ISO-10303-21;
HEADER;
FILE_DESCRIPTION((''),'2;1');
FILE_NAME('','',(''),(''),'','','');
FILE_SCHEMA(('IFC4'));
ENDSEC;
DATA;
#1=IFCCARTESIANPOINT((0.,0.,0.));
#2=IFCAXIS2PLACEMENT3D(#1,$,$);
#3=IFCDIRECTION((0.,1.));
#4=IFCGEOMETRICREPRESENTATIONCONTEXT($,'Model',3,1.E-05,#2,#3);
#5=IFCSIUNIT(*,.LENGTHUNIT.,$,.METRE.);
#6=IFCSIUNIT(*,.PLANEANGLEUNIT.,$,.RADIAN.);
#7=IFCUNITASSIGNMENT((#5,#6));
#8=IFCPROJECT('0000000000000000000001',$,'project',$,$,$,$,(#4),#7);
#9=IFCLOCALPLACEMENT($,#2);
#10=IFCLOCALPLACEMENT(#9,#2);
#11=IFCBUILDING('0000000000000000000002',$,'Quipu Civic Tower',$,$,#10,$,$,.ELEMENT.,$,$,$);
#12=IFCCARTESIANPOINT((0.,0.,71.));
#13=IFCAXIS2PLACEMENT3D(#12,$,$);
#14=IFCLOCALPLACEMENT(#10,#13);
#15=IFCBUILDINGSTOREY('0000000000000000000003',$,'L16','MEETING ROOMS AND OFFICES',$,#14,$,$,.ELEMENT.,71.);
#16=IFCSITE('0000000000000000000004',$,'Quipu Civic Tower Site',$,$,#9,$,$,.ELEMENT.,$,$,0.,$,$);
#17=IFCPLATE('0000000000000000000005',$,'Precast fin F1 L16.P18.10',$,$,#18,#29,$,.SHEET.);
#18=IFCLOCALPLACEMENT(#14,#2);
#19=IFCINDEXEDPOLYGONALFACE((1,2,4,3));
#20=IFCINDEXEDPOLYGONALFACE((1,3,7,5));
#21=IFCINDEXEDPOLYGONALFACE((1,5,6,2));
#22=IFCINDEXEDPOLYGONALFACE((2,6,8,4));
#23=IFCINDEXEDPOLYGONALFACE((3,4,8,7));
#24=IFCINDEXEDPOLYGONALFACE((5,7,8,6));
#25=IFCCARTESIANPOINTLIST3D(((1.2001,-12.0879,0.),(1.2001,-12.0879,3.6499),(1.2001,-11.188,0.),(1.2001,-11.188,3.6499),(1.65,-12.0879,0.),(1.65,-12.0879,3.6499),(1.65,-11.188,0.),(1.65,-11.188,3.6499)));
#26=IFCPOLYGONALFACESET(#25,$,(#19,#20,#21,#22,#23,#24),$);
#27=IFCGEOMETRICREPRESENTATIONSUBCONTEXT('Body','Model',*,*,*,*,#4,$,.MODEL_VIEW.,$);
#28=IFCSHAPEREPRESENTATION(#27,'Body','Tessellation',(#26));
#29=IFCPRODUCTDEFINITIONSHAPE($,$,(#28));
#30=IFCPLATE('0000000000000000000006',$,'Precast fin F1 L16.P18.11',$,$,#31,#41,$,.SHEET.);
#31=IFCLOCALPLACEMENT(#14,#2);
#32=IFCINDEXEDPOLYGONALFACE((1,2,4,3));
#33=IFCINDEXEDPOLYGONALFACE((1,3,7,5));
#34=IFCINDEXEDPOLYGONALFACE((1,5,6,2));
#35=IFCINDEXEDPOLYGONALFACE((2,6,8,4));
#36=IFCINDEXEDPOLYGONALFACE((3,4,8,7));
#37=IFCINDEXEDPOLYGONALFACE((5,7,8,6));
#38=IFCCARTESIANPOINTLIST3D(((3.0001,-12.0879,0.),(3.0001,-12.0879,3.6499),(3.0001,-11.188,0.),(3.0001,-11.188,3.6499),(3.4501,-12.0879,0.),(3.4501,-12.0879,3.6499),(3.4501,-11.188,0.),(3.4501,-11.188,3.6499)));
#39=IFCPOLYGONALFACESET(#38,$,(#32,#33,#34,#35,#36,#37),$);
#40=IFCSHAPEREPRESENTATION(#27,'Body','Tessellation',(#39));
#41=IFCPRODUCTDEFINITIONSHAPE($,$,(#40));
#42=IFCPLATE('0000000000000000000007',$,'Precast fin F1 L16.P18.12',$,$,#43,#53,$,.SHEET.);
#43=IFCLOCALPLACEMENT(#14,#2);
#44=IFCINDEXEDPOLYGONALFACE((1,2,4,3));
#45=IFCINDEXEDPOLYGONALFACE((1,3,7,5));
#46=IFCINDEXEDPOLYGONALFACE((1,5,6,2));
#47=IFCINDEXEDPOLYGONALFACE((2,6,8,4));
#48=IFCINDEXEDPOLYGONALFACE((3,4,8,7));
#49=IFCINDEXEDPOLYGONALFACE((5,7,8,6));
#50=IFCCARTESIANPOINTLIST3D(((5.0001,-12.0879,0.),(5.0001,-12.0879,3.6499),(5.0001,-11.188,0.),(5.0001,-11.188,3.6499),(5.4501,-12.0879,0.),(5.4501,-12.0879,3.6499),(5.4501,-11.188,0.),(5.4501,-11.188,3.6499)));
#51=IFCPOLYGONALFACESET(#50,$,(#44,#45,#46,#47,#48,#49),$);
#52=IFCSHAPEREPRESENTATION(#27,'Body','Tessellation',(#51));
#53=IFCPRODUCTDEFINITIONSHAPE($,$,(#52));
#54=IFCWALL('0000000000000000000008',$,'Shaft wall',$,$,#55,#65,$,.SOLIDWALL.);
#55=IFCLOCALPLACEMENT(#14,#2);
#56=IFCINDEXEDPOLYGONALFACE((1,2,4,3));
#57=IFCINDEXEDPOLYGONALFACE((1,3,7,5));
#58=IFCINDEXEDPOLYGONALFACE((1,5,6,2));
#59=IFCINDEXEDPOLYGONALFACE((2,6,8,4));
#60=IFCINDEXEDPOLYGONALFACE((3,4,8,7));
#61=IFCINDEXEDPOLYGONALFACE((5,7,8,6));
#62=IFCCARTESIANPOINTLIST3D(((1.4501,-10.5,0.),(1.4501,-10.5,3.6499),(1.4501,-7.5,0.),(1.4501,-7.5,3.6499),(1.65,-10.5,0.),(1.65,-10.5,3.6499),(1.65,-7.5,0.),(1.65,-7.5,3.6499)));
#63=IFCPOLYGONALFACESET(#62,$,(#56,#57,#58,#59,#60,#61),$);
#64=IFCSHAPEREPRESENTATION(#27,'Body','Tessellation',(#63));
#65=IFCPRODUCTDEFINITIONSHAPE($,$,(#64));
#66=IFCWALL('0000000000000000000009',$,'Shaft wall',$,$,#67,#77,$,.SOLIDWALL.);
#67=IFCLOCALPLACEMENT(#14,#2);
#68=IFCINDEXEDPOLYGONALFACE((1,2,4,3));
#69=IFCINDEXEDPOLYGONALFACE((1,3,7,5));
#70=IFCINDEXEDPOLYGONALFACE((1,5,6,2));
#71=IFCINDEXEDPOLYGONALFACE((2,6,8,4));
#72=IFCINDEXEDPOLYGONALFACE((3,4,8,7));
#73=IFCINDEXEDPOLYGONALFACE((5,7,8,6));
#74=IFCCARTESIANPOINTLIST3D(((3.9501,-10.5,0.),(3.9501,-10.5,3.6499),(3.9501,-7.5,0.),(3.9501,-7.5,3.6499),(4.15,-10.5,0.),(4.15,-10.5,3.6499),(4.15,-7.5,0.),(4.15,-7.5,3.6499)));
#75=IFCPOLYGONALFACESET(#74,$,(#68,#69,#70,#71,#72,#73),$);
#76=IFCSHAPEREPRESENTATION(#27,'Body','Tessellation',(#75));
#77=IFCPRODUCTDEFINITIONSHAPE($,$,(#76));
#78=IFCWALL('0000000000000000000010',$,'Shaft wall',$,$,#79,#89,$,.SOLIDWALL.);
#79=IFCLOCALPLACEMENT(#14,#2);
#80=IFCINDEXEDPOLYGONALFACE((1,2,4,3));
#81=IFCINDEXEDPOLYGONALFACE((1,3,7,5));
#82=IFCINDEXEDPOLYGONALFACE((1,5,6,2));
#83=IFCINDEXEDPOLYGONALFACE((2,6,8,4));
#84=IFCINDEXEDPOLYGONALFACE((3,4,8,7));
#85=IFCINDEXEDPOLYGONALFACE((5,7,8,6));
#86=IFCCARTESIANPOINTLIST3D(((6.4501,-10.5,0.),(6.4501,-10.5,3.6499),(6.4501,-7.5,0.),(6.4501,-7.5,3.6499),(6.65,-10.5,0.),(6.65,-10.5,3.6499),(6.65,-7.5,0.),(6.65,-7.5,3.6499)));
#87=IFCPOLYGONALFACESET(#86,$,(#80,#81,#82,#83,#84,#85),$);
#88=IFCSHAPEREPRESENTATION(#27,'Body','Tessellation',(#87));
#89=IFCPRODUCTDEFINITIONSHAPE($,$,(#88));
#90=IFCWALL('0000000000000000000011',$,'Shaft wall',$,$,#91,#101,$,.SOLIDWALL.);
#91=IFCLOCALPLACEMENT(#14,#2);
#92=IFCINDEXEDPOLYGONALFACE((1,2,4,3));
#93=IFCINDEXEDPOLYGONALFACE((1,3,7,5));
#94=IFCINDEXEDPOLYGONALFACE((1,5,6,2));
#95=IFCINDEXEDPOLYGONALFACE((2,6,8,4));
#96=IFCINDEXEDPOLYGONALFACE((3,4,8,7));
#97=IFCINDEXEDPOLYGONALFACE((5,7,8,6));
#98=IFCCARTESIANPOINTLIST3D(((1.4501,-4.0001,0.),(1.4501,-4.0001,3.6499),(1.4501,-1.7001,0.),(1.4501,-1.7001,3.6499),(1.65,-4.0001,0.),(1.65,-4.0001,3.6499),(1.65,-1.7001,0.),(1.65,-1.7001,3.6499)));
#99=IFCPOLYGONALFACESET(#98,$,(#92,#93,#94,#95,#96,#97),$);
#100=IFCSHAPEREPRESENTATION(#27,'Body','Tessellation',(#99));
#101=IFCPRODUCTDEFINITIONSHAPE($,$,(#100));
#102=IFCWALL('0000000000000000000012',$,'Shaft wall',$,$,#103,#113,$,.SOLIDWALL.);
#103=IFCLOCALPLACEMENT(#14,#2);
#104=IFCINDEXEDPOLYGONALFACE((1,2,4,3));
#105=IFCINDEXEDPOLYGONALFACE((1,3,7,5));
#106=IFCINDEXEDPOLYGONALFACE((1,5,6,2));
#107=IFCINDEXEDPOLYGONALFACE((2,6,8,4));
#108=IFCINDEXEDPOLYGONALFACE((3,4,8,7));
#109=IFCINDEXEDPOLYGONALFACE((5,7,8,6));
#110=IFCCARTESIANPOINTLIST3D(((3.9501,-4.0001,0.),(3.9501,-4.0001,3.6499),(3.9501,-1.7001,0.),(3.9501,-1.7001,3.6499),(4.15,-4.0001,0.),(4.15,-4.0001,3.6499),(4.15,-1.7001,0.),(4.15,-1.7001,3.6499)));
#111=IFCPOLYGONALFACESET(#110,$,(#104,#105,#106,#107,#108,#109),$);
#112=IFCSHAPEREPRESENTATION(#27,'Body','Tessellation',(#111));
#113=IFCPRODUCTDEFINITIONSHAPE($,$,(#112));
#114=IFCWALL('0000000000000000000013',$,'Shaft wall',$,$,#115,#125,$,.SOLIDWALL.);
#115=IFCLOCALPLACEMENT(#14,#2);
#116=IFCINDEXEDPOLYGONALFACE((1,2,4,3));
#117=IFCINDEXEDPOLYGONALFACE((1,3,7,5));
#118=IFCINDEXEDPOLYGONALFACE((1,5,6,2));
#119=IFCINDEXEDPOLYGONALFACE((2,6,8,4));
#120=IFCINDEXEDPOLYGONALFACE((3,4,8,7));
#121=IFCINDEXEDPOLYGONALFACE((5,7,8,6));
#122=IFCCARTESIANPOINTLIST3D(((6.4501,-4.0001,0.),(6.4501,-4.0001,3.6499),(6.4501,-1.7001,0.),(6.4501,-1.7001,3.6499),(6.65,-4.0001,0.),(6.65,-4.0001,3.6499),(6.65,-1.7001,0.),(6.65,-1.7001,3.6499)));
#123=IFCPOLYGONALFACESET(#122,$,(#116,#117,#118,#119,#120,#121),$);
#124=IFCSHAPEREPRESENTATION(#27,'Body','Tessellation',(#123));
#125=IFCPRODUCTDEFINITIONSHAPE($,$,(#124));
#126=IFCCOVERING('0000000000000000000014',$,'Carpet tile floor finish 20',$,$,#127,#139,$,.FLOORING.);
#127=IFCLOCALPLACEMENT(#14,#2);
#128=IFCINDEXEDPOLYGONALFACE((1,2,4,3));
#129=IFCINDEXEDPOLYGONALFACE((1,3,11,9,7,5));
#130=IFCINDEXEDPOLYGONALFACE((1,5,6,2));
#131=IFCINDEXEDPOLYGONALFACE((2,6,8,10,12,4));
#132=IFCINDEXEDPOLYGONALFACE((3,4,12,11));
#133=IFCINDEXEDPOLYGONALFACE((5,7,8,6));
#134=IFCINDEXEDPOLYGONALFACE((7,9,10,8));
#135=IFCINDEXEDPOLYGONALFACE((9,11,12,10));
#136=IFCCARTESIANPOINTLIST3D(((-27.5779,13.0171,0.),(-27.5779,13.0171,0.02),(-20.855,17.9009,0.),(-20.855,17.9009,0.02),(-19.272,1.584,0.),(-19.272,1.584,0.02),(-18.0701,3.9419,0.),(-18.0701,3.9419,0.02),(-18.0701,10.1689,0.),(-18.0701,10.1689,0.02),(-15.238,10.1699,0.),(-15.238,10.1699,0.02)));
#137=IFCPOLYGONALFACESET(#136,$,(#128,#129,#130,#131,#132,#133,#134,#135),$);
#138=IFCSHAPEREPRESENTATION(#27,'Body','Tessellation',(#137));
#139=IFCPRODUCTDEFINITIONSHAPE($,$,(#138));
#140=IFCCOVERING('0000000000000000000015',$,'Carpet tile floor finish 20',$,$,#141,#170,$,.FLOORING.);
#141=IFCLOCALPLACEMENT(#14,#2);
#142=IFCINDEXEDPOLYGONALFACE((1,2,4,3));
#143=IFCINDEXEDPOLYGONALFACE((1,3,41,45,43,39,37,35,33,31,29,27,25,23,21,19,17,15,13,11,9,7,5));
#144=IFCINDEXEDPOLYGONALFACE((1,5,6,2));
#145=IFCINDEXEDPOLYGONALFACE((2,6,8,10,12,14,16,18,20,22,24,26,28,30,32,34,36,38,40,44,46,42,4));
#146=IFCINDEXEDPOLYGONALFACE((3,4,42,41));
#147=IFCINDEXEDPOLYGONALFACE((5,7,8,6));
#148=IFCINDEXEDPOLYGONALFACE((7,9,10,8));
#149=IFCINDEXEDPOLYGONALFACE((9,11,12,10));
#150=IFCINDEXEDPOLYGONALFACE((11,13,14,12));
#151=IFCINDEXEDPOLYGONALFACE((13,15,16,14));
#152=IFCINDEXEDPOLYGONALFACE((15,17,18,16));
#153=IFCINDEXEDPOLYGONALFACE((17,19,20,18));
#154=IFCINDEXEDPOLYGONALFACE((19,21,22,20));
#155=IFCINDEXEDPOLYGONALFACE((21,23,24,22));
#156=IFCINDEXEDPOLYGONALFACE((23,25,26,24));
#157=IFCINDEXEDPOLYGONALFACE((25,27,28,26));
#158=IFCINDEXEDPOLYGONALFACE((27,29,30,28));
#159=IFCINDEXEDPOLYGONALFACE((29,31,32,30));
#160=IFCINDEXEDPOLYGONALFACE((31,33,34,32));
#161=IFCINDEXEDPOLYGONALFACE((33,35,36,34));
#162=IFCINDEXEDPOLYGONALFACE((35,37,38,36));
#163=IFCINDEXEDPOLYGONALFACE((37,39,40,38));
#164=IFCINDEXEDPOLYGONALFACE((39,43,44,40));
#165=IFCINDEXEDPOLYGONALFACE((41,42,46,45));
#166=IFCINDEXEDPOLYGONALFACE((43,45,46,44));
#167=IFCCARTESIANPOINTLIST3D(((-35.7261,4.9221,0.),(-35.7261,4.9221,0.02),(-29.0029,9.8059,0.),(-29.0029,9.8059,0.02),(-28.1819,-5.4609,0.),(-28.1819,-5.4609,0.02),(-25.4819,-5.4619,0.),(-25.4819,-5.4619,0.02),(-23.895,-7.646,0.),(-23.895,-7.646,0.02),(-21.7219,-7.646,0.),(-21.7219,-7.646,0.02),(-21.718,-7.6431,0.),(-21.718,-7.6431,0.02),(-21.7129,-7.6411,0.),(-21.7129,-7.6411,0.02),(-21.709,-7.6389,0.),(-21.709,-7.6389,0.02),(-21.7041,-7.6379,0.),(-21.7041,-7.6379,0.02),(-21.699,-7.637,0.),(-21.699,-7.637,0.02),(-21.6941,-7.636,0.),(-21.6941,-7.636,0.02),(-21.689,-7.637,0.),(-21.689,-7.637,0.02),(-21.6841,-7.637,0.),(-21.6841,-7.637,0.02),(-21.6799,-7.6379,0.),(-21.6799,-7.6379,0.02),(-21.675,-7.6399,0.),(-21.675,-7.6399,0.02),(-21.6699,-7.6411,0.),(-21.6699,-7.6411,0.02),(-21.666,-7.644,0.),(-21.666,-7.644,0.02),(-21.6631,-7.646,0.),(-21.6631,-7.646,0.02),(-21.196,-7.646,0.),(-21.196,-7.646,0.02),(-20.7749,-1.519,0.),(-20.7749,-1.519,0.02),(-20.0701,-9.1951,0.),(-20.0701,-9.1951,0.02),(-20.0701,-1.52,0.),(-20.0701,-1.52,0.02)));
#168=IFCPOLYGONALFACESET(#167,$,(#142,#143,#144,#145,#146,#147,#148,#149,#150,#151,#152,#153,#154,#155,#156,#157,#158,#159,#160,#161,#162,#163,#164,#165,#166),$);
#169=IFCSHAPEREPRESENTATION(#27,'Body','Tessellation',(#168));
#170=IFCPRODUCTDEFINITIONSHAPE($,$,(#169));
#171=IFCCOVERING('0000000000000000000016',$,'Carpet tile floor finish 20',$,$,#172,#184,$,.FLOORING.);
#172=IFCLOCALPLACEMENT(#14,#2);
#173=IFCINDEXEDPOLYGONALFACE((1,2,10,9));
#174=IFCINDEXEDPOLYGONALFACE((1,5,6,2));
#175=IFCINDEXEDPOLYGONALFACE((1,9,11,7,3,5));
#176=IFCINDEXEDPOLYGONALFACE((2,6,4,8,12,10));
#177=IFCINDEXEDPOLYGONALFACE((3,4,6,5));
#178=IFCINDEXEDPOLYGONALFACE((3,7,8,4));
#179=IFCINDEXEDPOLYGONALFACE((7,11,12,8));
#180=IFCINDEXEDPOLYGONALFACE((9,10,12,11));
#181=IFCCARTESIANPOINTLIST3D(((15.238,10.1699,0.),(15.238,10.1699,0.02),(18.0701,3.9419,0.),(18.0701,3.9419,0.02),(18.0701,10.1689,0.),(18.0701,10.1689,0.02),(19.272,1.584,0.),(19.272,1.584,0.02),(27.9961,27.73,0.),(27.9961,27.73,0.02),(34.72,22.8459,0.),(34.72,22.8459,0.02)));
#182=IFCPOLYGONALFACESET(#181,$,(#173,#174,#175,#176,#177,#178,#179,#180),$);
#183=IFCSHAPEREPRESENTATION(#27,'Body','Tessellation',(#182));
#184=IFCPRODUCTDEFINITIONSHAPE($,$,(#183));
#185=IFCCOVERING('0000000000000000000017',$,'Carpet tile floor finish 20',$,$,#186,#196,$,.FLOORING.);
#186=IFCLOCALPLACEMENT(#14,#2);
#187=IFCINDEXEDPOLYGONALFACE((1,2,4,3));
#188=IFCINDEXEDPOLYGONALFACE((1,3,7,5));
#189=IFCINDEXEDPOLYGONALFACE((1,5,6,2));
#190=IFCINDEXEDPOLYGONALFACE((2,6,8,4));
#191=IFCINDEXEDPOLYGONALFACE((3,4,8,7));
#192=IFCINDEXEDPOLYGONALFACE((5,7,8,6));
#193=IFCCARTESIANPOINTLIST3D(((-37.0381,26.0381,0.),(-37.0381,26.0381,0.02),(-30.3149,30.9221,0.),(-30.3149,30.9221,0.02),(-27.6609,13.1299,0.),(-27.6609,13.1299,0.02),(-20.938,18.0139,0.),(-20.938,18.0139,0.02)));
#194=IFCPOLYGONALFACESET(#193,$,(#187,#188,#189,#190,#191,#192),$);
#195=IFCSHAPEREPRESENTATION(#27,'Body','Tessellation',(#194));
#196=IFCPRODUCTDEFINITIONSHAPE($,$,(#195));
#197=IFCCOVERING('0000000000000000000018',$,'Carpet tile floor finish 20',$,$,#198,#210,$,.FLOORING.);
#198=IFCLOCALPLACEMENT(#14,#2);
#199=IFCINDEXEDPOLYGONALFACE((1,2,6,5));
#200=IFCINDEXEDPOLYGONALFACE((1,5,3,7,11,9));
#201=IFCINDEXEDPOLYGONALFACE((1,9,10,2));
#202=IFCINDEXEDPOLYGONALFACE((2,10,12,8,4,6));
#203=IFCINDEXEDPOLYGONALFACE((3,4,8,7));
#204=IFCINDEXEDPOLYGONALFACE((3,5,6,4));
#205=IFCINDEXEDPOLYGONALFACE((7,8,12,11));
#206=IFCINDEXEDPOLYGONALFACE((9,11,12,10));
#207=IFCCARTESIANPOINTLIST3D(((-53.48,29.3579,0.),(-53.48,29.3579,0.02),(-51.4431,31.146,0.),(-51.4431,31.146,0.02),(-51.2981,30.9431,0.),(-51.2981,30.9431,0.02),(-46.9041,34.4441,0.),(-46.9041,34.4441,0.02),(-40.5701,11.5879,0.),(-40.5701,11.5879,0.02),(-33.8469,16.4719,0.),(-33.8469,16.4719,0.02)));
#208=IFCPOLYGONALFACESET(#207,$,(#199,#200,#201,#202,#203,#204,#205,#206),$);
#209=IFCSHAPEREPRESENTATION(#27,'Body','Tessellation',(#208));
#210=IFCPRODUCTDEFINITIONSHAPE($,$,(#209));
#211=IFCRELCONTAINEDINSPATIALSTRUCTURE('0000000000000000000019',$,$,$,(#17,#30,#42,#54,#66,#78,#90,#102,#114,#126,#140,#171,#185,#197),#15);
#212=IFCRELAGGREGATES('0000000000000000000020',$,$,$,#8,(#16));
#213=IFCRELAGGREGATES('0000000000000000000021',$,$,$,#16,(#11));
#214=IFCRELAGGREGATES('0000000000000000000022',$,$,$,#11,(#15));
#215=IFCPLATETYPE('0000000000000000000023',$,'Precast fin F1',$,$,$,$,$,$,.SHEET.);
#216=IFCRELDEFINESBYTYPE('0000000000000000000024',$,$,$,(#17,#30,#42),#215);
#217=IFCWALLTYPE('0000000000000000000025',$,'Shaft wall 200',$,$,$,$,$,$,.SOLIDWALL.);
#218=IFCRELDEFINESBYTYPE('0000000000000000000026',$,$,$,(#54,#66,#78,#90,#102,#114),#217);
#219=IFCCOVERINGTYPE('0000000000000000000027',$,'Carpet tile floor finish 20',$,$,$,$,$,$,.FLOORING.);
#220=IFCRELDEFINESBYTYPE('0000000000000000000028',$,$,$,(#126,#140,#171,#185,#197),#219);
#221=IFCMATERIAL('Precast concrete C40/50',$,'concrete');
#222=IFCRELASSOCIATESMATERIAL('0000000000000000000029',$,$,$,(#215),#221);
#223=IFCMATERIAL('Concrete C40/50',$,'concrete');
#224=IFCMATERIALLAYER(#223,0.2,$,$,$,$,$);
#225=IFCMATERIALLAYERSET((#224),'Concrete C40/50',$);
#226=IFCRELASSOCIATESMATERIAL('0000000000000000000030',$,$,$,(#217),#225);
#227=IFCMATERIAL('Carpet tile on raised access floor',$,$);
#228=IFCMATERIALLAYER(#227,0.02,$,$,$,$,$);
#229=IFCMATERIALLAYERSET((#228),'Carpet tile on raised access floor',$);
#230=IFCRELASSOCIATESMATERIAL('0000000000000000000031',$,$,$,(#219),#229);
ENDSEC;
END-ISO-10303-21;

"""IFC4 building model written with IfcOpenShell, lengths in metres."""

from ifc_helpers import new_model, si_unit, direction, frame, frame_2d, origin, origin_2d, place, context, subcontext, project, spatial, polyline, rectangle, outline, extrude, material, layer, layer_set, type_object, element, save


model = new_model("IFC4")

# Units and contexts
model_context = context("Model", 3, precision=1e-05, world=origin(), true_north=direction((0.0, 1.0)))
body_context = subcontext(model_context, "Body", "Model", "MODEL_VIEW")
ifc_project = project(units=[si_unit("LENGTHUNIT", "METRE"), si_unit("PLANEANGLEUNIT", "RADIAN")], contexts=[model_context])

# Site, building, storey
site_placement = place(None, origin())
site = spatial("IfcSite", under=ifc_project, at=site_placement, Name="Quipu Civic Tower Site", CompositionType="ELEMENT", RefElevation=0.0)
building_placement = place(site_placement, origin())
building = spatial("IfcBuilding", under=site, at=building_placement, Name="Quipu Civic Tower", CompositionType="ELEMENT")
storey_placement = place(building_placement, frame((0.0, 0.0, 71.0)))
storey = spatial("IfcBuildingStorey", under=building, at=storey_placement, Name="L16", Description="MEETING ROOMS AND OFFICES", CompositionType="ELEMENT", Elevation=71.0)

# Plates
ifc_material_1 = material(Name="Precast concrete C40/50", Category="concrete")
plate_type = type_object("IfcPlateType", Name="Precast fin F1", PredefinedType="SHEET", material=ifc_material_1)
for number, where, z_axis, x_axis, name in (
    (1, (1.425, -11.6379, 0.0), (0.0, 0.0, 1.0), (1.0, 0.0, 0.0), "Precast fin F1 L16.P18.10"),
    (2, (3.2251, -11.6379, 0.0), (0.0, 0.0, 1.0), (1.0, 0.0, 0.0), "Precast fin F1 L16.P18.11"),
    (3, (5.2251, -11.6379, 0.0), (0.0, 0.0, 1.0), (1.0, 0.0, 0.0), "Precast fin F1 L16.P18.12"),
):
    element("IfcPlate", number, at=place(storey_placement, frame(where, z_axis=z_axis, x_axis=x_axis)), inside=storey, type_object=plate_type, Name=name, PredefinedType="SHEET", context=body_context, shape_type="SweptSolid", body=[
        extrude(rectangle(XDim=0.45, YDim=0.8999, at=origin_2d()), origin(), (0.0, 0.0, 1.0), 3.6499),
    ])

# Walls
ifc_material_2 = material(Name="Concrete C40/50", Category="concrete")
ifc_layer_1 = layer(ifc_material_2, 0.2)
ifc_layer_set_1 = layer_set([ifc_layer_1], Name="Concrete C40/50")
wall_type = type_object("IfcWallType", Name="Shaft wall 200", PredefinedType="SOLIDWALL", material=ifc_layer_set_1)
for number, where, z_axis, x_axis, name in (
    (4, (1.55, -10.5, 0.0), (0.0, 0.0, 1.0), (0.0, 1.0, 0.0), "Shaft wall"),
    (5, (4.05, -10.5, 0.0), (0.0, 0.0, 1.0), (0.0, 1.0, 0.0), "Shaft wall"),
    (6, (6.55, -10.5, 0.0), (0.0, 0.0, 1.0), (0.0, 1.0, 0.0), "Shaft wall"),
):
    element("IfcWall", number, at=place(storey_placement, frame(where, z_axis=z_axis, x_axis=x_axis)), inside=storey, type_object=wall_type, Name=name, PredefinedType="SOLIDWALL", context=body_context, shape_type="SweptSolid", body=[
        extrude(rectangle(XDim=3.0, YDim=0.2, at=frame_2d((1.5, 0.0))), origin(), (0.0, 0.0, 1.0), 3.6499),
    ])
for number, where, z_axis, x_axis, name in (
    (7, (1.55, -4.0, 0.0), (0.0, 0.0, 1.0), (0.0, 1.0, 0.0), "Shaft wall"),
    (8, (4.05, -4.0, 0.0), (0.0, 0.0, 1.0), (0.0, 1.0, 0.0), "Shaft wall"),
    (9, (6.55, -4.0, 0.0), (0.0, 0.0, 1.0), (0.0, 1.0, 0.0), "Shaft wall"),
):
    element("IfcWall", number, at=place(storey_placement, frame(where, z_axis=z_axis, x_axis=x_axis)), inside=storey, type_object=wall_type, Name=name, PredefinedType="SOLIDWALL", context=body_context, shape_type="SweptSolid", body=[
        extrude(rectangle(XDim=2.3, YDim=0.2, at=frame_2d((1.1499, 0.0))), origin(), (0.0, 0.0, 1.0), 3.6499),
    ])

# Coverings
ifc_material_3 = material(Name="Carpet tile on raised access floor")
ifc_layer_2 = layer(ifc_material_3, 0.02)
ifc_layer_set_2 = layer_set([ifc_layer_2], Name="Carpet tile on raised access floor")
covering_type = type_object("IfcCoveringType", Name="Carpet tile floor finish 20", PredefinedType="FLOORING", material=ifc_layer_set_2)
covering_1_placement = place(storey_placement, origin())
element("IfcCovering", 10, at=covering_1_placement, inside=storey, type_object=covering_type, Name="Carpet tile floor finish 20", PredefinedType="FLOORING", context=body_context, shape_type="SweptSolid", body=[
    extrude(outline(polyline([(-27.5779, 13.0171), (-20.855, 17.9009), (-15.238, 10.1699), (-18.0701, 10.1689), (-18.0701, 3.9419), (-19.272, 1.584), (-27.5779, 13.0171)])), origin(), (0.0, 0.0, 1.0), 0.02),
])
covering_2_placement = place(storey_placement, origin())
element("IfcCovering", 11, at=covering_2_placement, inside=storey, type_object=covering_type, Name="Carpet tile floor finish 20", PredefinedType="FLOORING", context=body_context, shape_type="SweptSolid", body=[
    extrude(outline(polyline([(-35.7261, 4.9221), (-29.0029, 9.8059), (-20.7749, -1.519), (-20.0701, -1.52), (-20.0701, -9.1951), (-21.196, -7.646), (-21.6631, -7.646), (-21.666, -7.644), (-21.6699, -7.6411), (-21.675, -7.6399), (-21.6799, -7.6379), (-21.6841, -7.637), (-21.689, -7.637), (-21.6941, -7.636), (-21.699, -7.637), (-21.7041, -7.6379), (-21.709, -7.6389), (-21.7129, -7.6411), (-21.718, -7.6431), (-21.7219, -7.646), (-21.7219, -7.646), (-23.895, -7.646), (-25.4819, -5.4619), (-28.1819, -5.4609), (-35.7261, 4.9221)])), origin(), (0.0, 0.0, 1.0), 0.02),
])
covering_3_placement = place(storey_placement, origin())
element("IfcCovering", 12, at=covering_3_placement, inside=storey, type_object=covering_type, Name="Carpet tile floor finish 20", PredefinedType="FLOORING", context=body_context, shape_type="SweptSolid", body=[
    extrude(outline(polyline([(15.238, 10.1699), (27.9961, 27.73), (34.72, 22.8459), (19.272, 1.584), (18.0701, 3.9419), (18.0701, 10.1689), (15.238, 10.1699)])), origin(), (0.0, 0.0, 1.0), 0.02),
])
covering_4_placement = place(storey_placement, origin())
element("IfcCovering", 13, at=covering_4_placement, inside=storey, type_object=covering_type, Name="Carpet tile floor finish 20", PredefinedType="FLOORING", context=body_context, shape_type="SweptSolid", body=[
    extrude(outline(polyline([(-37.0381, 26.0381), (-30.3149, 30.9221), (-20.938, 18.0139), (-27.6609, 13.1299), (-37.0381, 26.0381)])), origin(), (0.0, 0.0, 1.0), 0.02),
])
covering_5_placement = place(storey_placement, origin())
element("IfcCovering", 14, at=covering_5_placement, inside=storey, type_object=covering_type, Name="Carpet tile floor finish 20", PredefinedType="FLOORING", context=body_context, shape_type="SweptSolid", body=[
    extrude(outline(polyline([(-53.48, 29.3579), (-51.2981, 30.9431), (-51.4431, 31.146), (-46.9041, 34.4441), (-33.8469, 16.4719), (-40.5701, 11.5879), (-53.48, 29.3579)])), origin(), (0.0, 0.0, 1.0), 0.02),
])

save(model, "model.ifc")
